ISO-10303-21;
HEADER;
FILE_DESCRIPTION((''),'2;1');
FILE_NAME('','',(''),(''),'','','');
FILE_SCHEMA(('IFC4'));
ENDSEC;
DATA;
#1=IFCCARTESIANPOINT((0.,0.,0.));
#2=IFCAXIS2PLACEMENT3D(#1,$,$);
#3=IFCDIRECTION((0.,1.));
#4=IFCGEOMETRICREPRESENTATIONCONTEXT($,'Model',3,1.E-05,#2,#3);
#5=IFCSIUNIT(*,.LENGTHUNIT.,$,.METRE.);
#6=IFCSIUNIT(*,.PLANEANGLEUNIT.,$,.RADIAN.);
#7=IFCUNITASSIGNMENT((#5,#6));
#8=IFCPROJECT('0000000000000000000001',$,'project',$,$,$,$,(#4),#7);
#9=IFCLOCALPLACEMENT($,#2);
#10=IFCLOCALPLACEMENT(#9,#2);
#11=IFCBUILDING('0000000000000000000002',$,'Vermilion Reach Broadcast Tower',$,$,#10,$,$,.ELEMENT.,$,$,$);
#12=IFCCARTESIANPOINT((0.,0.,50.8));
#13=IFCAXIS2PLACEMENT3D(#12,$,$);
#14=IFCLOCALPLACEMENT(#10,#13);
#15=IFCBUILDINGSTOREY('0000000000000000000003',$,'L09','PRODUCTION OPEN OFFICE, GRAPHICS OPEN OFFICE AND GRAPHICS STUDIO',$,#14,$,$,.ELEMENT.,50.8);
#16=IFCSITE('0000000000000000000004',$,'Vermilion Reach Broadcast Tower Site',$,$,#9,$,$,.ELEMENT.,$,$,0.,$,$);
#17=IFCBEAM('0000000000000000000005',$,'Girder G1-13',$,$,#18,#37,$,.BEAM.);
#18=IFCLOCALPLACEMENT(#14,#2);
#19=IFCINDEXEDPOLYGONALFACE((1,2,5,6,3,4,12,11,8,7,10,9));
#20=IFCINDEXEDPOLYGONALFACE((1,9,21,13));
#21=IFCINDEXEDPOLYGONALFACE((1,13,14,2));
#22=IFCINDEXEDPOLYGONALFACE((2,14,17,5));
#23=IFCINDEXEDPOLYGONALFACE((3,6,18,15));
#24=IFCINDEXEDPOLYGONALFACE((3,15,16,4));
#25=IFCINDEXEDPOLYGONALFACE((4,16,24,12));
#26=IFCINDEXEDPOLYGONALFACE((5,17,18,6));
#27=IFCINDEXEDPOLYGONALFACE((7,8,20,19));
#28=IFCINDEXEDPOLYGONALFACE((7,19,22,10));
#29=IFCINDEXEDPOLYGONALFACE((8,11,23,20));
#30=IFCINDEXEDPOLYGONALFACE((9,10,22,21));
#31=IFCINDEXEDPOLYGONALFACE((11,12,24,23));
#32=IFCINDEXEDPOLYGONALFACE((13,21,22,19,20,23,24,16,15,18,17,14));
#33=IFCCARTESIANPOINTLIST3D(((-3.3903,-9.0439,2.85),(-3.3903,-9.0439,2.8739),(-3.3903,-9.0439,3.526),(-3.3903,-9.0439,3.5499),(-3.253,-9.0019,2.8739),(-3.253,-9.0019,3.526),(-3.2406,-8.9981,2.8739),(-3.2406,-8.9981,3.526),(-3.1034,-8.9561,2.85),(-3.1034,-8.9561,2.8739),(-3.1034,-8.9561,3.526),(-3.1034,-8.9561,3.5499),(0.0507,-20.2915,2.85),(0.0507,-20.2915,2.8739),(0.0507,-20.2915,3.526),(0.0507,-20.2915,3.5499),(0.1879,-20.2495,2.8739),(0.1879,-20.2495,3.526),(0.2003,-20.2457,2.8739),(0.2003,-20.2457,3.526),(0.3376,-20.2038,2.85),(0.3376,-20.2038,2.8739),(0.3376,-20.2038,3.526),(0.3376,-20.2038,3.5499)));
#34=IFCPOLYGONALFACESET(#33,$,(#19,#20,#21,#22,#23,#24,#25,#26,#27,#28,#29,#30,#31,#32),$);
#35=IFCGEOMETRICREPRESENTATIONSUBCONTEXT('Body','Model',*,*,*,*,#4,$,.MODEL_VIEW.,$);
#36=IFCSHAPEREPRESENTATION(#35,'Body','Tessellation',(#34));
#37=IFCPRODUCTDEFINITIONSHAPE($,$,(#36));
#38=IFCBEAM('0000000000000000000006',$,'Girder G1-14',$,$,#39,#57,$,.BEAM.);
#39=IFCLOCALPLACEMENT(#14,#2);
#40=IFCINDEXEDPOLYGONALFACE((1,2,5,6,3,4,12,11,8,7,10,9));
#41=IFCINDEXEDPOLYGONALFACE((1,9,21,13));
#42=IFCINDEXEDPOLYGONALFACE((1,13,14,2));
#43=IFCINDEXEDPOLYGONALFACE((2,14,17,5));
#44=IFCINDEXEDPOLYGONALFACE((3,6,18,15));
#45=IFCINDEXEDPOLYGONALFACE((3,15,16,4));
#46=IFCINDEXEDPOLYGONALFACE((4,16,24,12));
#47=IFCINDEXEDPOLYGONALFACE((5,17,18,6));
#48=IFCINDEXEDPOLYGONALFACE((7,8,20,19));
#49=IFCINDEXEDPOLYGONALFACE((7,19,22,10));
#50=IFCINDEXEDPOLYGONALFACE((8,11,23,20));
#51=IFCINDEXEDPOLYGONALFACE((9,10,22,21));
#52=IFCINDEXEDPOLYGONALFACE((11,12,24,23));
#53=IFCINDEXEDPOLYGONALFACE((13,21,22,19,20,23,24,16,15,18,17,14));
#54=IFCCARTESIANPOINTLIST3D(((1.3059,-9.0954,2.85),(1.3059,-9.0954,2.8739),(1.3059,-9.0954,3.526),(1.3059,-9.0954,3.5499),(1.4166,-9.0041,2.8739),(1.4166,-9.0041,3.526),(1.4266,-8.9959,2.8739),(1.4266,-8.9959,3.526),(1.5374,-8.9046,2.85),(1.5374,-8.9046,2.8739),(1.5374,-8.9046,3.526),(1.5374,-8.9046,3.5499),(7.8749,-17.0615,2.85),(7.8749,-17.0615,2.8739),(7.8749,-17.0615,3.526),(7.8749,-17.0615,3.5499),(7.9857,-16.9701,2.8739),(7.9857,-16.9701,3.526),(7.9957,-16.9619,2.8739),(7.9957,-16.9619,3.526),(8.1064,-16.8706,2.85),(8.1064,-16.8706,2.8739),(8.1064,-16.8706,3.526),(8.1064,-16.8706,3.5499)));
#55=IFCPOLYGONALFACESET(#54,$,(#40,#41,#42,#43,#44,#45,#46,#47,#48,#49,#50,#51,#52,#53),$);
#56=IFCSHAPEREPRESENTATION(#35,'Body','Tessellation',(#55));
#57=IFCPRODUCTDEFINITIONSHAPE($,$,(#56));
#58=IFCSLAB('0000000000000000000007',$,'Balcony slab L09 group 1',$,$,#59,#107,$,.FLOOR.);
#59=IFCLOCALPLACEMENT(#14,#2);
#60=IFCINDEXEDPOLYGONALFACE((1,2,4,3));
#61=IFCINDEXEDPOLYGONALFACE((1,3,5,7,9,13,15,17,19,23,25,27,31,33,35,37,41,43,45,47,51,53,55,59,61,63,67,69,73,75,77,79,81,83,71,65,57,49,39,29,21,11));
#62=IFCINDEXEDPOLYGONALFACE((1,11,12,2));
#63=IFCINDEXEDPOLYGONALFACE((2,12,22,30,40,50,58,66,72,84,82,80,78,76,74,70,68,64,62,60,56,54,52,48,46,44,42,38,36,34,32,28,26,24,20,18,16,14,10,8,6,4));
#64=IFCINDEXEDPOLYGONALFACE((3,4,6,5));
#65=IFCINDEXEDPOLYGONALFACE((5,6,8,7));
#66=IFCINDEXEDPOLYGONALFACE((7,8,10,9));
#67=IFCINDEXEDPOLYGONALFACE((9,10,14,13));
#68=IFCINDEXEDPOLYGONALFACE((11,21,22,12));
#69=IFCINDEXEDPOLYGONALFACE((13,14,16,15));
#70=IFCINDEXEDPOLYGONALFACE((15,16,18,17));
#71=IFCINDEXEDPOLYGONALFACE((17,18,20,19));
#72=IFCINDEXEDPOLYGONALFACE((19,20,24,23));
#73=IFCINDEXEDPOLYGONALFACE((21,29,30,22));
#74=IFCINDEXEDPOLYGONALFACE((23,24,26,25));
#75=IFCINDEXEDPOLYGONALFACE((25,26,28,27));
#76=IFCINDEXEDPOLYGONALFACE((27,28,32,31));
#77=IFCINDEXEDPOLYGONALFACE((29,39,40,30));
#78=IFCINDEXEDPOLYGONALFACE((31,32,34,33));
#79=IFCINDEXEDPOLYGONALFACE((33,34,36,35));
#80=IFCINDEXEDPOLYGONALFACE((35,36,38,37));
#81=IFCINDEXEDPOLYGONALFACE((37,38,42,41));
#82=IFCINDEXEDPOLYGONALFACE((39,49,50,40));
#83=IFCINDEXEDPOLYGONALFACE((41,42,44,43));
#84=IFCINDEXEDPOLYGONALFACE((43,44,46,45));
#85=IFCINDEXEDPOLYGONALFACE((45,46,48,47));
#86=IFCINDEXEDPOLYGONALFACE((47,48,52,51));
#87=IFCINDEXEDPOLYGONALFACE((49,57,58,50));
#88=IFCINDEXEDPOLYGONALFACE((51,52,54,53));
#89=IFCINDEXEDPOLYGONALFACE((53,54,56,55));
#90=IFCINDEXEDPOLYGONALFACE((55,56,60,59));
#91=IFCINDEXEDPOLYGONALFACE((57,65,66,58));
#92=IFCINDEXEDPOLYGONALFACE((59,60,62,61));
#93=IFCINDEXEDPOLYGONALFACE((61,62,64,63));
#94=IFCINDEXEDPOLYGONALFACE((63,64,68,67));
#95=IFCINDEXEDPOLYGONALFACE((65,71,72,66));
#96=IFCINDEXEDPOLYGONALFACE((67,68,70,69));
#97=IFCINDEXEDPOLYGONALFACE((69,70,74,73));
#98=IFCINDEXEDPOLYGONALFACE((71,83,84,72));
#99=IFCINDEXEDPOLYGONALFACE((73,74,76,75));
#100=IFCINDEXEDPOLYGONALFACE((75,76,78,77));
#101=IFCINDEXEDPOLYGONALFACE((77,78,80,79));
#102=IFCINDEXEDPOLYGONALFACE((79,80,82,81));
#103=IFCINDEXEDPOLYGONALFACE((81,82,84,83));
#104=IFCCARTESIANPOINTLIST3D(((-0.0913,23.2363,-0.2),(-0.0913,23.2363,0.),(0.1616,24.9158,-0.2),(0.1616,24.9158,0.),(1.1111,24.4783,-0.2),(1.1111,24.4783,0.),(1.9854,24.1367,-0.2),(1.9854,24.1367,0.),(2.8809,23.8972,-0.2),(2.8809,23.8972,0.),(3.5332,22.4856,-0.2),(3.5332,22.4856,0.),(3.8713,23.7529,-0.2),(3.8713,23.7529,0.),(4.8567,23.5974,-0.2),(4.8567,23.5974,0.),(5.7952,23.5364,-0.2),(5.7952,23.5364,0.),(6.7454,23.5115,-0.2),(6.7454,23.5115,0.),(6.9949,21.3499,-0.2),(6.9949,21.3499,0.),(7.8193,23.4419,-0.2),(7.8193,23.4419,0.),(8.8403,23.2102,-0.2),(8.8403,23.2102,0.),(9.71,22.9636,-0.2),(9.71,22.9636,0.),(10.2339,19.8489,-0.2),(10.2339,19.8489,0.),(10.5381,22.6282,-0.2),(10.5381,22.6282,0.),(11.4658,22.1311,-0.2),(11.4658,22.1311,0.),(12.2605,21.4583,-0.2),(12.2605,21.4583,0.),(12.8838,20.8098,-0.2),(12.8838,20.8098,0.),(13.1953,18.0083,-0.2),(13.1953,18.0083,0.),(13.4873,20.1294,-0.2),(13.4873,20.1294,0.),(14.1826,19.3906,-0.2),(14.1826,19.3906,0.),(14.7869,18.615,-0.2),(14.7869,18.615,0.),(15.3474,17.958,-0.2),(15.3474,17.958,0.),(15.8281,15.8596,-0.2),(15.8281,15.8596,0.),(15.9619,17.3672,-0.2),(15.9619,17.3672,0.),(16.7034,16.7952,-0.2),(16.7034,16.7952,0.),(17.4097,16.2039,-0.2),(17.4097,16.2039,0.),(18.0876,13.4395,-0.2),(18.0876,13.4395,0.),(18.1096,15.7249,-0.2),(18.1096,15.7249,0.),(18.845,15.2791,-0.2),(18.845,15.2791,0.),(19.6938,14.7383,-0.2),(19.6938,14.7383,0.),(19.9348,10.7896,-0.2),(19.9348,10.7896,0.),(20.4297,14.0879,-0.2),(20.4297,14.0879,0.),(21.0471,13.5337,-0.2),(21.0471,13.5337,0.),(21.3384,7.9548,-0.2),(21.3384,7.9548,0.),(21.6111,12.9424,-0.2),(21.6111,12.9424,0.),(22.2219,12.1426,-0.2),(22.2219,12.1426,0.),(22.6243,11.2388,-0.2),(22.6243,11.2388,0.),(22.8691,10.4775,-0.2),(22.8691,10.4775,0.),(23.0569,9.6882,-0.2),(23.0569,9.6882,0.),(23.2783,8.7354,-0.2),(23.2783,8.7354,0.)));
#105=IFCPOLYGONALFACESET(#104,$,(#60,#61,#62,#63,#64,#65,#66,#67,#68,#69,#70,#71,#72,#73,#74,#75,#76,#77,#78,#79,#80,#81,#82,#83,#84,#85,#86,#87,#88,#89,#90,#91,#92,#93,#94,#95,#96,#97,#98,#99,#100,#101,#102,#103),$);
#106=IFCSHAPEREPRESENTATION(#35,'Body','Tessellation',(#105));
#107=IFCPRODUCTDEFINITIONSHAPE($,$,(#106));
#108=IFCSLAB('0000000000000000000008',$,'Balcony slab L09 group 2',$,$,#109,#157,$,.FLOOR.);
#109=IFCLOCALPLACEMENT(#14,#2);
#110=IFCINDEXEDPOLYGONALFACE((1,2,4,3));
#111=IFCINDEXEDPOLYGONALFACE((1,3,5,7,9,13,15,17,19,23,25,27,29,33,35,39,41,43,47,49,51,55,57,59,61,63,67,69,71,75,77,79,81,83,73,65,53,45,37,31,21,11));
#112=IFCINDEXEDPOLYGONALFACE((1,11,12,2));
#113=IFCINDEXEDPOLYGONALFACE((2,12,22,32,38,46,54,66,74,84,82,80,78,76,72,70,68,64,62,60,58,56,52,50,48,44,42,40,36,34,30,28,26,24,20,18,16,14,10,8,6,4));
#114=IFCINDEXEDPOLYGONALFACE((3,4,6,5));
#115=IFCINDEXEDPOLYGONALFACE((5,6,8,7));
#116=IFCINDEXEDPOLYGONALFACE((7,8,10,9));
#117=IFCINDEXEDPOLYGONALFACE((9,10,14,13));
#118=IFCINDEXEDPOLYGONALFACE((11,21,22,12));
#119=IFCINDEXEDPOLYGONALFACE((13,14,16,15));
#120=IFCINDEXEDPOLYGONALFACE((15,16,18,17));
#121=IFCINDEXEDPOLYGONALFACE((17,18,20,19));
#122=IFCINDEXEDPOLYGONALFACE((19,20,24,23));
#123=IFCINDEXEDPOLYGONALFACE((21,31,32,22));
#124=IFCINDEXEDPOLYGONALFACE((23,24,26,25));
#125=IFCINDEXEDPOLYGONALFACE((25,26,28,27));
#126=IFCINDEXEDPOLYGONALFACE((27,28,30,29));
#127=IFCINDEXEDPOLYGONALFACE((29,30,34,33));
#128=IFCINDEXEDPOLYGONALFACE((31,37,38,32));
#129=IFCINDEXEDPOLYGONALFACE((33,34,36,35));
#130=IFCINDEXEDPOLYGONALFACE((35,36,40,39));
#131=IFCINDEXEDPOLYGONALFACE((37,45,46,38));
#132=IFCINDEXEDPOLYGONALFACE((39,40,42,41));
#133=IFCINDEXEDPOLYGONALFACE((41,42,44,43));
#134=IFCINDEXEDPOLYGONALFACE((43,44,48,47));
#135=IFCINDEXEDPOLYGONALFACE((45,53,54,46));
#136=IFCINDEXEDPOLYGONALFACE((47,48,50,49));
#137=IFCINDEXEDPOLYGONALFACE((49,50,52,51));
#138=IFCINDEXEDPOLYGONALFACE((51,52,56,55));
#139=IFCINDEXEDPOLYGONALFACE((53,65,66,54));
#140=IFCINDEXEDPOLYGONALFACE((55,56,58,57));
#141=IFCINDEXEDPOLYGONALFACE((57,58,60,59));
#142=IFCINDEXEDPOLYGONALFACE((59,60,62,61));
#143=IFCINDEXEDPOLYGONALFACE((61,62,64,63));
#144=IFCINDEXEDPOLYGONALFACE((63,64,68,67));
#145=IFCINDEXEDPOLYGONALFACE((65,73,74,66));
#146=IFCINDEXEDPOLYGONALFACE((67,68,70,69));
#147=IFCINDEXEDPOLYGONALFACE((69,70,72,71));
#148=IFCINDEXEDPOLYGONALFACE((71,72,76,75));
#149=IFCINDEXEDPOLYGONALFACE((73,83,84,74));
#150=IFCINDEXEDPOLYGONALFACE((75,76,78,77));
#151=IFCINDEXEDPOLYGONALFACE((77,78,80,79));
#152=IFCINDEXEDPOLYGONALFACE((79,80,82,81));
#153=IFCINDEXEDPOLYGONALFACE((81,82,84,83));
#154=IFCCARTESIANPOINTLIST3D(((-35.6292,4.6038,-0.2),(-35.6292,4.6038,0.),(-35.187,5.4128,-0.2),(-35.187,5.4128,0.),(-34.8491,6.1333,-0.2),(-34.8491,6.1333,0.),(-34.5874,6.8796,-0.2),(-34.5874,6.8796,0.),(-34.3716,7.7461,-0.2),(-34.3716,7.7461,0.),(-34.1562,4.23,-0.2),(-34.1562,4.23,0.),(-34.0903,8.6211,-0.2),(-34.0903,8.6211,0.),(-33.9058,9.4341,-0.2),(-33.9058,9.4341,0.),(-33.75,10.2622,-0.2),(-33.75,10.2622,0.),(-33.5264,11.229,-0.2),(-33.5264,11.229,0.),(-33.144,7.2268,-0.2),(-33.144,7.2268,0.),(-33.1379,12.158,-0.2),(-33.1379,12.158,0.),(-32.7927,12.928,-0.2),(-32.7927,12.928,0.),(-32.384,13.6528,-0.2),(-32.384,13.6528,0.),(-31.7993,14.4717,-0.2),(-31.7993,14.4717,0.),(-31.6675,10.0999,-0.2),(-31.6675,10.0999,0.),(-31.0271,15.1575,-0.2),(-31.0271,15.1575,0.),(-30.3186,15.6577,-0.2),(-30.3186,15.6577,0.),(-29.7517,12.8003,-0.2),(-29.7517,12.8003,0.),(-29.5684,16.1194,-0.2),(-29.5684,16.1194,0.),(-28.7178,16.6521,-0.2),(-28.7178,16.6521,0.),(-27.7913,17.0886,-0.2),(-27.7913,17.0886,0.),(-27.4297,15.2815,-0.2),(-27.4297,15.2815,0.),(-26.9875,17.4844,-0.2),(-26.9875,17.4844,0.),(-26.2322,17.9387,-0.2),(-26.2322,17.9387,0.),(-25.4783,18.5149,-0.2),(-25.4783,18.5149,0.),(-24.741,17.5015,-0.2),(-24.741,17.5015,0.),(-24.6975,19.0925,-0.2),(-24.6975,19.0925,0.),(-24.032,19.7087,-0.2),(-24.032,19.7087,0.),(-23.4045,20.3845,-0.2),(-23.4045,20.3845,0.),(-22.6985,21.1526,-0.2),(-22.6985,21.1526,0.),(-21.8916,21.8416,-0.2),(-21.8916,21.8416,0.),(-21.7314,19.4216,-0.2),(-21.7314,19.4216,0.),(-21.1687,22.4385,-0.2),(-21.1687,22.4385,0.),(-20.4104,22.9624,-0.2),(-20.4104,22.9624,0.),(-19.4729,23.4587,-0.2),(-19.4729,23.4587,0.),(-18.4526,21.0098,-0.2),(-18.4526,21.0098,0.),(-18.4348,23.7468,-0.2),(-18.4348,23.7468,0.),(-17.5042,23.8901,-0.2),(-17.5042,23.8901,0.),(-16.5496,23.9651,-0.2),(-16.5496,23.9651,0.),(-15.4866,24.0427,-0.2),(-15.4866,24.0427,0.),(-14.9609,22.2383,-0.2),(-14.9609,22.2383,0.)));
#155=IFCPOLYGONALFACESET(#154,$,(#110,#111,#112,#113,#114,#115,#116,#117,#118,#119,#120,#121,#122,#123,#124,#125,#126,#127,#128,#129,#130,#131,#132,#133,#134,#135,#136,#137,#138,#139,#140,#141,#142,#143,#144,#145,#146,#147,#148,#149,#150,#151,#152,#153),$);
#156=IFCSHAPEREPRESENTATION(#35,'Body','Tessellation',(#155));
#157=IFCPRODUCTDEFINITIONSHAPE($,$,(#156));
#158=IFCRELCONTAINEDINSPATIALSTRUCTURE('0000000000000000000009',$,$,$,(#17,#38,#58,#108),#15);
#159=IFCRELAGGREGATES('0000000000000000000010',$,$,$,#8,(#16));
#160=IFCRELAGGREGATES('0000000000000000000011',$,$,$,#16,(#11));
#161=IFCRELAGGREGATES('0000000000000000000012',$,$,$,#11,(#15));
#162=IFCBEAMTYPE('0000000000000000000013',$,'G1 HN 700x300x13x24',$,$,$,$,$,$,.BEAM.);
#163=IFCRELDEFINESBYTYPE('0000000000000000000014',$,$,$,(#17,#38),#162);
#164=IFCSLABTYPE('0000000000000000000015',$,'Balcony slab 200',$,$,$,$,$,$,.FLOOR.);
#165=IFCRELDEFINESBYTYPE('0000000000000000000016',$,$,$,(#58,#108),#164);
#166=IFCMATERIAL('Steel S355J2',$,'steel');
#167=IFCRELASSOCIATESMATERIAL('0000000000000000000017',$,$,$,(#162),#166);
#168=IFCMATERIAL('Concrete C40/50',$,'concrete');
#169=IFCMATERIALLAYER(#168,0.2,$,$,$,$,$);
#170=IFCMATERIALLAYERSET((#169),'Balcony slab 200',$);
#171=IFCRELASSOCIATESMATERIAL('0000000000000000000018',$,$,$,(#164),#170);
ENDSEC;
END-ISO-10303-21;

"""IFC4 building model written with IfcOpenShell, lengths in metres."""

from ifc_helpers import new_model, si_unit, direction, frame, origin, origin_2d, place, context, subcontext, project, spatial, polyline, i_section, outline, extrude, material, layer, layer_set, material_profile, profile_set, type_object, element, save


model = new_model("IFC4")

# Units and contexts
model_context = context("Model", 3, precision=1e-05, world=origin(), true_north=direction((0.0, 1.0)))
body_context = subcontext(model_context, "Body", "Model", "MODEL_VIEW")
ifc_project = project(units=[si_unit("LENGTHUNIT", "METRE"), si_unit("PLANEANGLEUNIT", "RADIAN")], contexts=[model_context])

# Site, building, storey
site_placement = place(None, origin())
site = spatial("IfcSite", under=ifc_project, at=site_placement, Name="Vermilion Reach Broadcast Tower Site", CompositionType="ELEMENT", RefElevation=0.0)
building_placement = place(site_placement, origin())
building = spatial("IfcBuilding", under=site, at=building_placement, Name="Vermilion Reach Broadcast Tower", CompositionType="ELEMENT")
storey_placement = place(building_placement, frame((0.0, 0.0, 50.8)))
storey = spatial("IfcBuildingStorey", under=building, at=storey_placement, Name="L09", Description="PRODUCTION OPEN OFFICE, GRAPHICS OPEN OFFICE AND GRAPHICS STUDIO", CompositionType="ELEMENT", Elevation=50.8)

# Beams
ifc_material_1 = material(Name="Steel S355J2", Category="steel")
ifc_material_profile = material_profile(ifc_material_1, i_section(OverallWidth=0.3, OverallDepth=0.7, WebThickness=0.0129, FlangeThickness=0.0239, at=origin_2d()), Name="S355J2 HN 700x300x13x24")
ifc_profile_set = profile_set([ifc_material_profile], Name="Steel S355J2")
beam_type = type_object("IfcBeamType", Name="G1 HN 700x300x13x24", PredefinedType="BEAM", material=ifc_profile_set)
beam_1_placement = place(storey_placement, frame((-3.2468, -9.0, 3.2), z_axis=(0.292542, -0.956253, 0.0), x_axis=(0.956253, 0.292542, 0.0)))
element("IfcBeam", 1, at=beam_1_placement, inside=storey, type_object=beam_type, Name="Girder G1-13", PredefinedType="BEAM", context=body_context, shape_type="SweptSolid", body=[
    extrude(i_section(OverallWidth=0.3, OverallDepth=0.7, WebThickness=0.0129, FlangeThickness=0.0239, at=origin_2d()), origin(), (0.0, 0.0, 1.0), 11.7622),
])
beam_2_placement = place(storey_placement, frame((1.4216, -9.0, 3.2), z_axis=(0.636215, -0.771512, 0.0), x_axis=(0.771512, 0.636215, 0.0)))
element("IfcBeam", 2, at=beam_2_placement, inside=storey, type_object=beam_type, Name="Girder G1-14", PredefinedType="BEAM", context=body_context, shape_type="SweptSolid", body=[
    extrude(i_section(OverallWidth=0.3, OverallDepth=0.7, WebThickness=0.0129, FlangeThickness=0.0239, at=origin_2d()), origin(), (0.0, 0.0, 1.0), 10.3252),
])

# Slabs
ifc_material_2 = material(Name="Concrete C40/50", Category="concrete")
ifc_layer_1 = layer(ifc_material_2, 0.2)
ifc_layer_set_1 = layer_set([ifc_layer_1], Name="Balcony slab 200")
slab_type_1 = type_object("IfcSlabType", Name="Balcony slab 200", PredefinedType="FLOOR", material=ifc_layer_set_1)
placement_1 = place(storey_placement, frame((0.0, 0.0, -0.2)))
element("IfcSlab", 3, at=placement_1, inside=storey, type_object=slab_type_1, Name="Balcony slab L09 group 1", PredefinedType="FLOOR", context=body_context, shape_type="SweptSolid", body=[
    extrude(outline(polyline([(21.3384, 7.9548), (19.9348, 10.7896), (18.0876, 13.4395), (15.8281, 15.8596), (13.1953, 18.0083), (10.2339, 19.8489), (6.9949, 21.3499), (3.5332, 22.4856), (-0.0913, 23.2363), (0.1616, 24.9158), (1.1111, 24.4783), (1.9854, 24.1367), (2.8809, 23.8972), (3.8713, 23.7529), (4.8567, 23.5974), (5.7952, 23.5364), (6.7454, 23.5115), (7.8193, 23.4419), (8.8403, 23.2102), (9.71, 22.9636), (10.5381, 22.6282), (11.4658, 22.1311), (12.2605, 21.4583), (12.8838, 20.8098), (13.4873, 20.1294), (14.1826, 19.3906), (14.7869, 18.615), (15.3474, 17.958), (15.9619, 17.3672), (16.7034, 16.7952), (17.4097, 16.2039), (18.1096, 15.7249), (18.845, 15.2791), (19.6938, 14.7383), (20.4297, 14.0879), (21.0471, 13.5337), (21.6111, 12.9424), (22.2219, 12.1426), (22.6243, 11.2388), (22.8691, 10.4775), (23.0569, 9.6882), (23.2783, 8.7354), (21.3384, 7.9548)])), origin(), (0.0, 0.0, 1.0), 0.2),
])
element("IfcSlab", 4, at=placement_1, inside=storey, type_object=slab_type_1, Name="Balcony slab L09 group 2", PredefinedType="FLOOR", context=body_context, shape_type="SweptSolid", body=[
    extrude(outline(polyline([(-14.9609, 22.2383), (-18.4526, 21.0098), (-21.7314, 19.4216), (-24.741, 17.5015), (-27.4297, 15.2815), (-29.7517, 12.8003), (-31.6675, 10.0999), (-33.144, 7.2268), (-34.1562, 4.23), (-35.6292, 4.6038), (-35.187, 5.4128), (-34.8491, 6.1333), (-34.5874, 6.8796), (-34.3716, 7.7461), (-34.0903, 8.6211), (-33.9058, 9.4341), (-33.75, 10.2622), (-33.5264, 11.229), (-33.1379, 12.158), (-32.7927, 12.928), (-32.384, 13.6528), (-31.7993, 14.4717), (-31.0271, 15.1575), (-30.3186, 15.6577), (-29.5684, 16.1194), (-28.7178, 16.6521), (-27.7913, 17.0886), (-26.9875, 17.4844), (-26.2322, 17.9387), (-25.4783, 18.5149), (-24.6975, 19.0925), (-24.032, 19.7087), (-23.4045, 20.3845), (-22.6985, 21.1526), (-21.8916, 21.8416), (-21.1687, 22.4385), (-20.4104, 22.9624), (-19.4729, 23.4587), (-18.4348, 23.7468), (-17.5042, 23.8901), (-16.5496, 23.9651), (-15.4866, 24.0427), (-14.9609, 22.2383)])), origin(), (0.0, 0.0, 1.0), 0.2),
])

save(model, "model.ifc")
